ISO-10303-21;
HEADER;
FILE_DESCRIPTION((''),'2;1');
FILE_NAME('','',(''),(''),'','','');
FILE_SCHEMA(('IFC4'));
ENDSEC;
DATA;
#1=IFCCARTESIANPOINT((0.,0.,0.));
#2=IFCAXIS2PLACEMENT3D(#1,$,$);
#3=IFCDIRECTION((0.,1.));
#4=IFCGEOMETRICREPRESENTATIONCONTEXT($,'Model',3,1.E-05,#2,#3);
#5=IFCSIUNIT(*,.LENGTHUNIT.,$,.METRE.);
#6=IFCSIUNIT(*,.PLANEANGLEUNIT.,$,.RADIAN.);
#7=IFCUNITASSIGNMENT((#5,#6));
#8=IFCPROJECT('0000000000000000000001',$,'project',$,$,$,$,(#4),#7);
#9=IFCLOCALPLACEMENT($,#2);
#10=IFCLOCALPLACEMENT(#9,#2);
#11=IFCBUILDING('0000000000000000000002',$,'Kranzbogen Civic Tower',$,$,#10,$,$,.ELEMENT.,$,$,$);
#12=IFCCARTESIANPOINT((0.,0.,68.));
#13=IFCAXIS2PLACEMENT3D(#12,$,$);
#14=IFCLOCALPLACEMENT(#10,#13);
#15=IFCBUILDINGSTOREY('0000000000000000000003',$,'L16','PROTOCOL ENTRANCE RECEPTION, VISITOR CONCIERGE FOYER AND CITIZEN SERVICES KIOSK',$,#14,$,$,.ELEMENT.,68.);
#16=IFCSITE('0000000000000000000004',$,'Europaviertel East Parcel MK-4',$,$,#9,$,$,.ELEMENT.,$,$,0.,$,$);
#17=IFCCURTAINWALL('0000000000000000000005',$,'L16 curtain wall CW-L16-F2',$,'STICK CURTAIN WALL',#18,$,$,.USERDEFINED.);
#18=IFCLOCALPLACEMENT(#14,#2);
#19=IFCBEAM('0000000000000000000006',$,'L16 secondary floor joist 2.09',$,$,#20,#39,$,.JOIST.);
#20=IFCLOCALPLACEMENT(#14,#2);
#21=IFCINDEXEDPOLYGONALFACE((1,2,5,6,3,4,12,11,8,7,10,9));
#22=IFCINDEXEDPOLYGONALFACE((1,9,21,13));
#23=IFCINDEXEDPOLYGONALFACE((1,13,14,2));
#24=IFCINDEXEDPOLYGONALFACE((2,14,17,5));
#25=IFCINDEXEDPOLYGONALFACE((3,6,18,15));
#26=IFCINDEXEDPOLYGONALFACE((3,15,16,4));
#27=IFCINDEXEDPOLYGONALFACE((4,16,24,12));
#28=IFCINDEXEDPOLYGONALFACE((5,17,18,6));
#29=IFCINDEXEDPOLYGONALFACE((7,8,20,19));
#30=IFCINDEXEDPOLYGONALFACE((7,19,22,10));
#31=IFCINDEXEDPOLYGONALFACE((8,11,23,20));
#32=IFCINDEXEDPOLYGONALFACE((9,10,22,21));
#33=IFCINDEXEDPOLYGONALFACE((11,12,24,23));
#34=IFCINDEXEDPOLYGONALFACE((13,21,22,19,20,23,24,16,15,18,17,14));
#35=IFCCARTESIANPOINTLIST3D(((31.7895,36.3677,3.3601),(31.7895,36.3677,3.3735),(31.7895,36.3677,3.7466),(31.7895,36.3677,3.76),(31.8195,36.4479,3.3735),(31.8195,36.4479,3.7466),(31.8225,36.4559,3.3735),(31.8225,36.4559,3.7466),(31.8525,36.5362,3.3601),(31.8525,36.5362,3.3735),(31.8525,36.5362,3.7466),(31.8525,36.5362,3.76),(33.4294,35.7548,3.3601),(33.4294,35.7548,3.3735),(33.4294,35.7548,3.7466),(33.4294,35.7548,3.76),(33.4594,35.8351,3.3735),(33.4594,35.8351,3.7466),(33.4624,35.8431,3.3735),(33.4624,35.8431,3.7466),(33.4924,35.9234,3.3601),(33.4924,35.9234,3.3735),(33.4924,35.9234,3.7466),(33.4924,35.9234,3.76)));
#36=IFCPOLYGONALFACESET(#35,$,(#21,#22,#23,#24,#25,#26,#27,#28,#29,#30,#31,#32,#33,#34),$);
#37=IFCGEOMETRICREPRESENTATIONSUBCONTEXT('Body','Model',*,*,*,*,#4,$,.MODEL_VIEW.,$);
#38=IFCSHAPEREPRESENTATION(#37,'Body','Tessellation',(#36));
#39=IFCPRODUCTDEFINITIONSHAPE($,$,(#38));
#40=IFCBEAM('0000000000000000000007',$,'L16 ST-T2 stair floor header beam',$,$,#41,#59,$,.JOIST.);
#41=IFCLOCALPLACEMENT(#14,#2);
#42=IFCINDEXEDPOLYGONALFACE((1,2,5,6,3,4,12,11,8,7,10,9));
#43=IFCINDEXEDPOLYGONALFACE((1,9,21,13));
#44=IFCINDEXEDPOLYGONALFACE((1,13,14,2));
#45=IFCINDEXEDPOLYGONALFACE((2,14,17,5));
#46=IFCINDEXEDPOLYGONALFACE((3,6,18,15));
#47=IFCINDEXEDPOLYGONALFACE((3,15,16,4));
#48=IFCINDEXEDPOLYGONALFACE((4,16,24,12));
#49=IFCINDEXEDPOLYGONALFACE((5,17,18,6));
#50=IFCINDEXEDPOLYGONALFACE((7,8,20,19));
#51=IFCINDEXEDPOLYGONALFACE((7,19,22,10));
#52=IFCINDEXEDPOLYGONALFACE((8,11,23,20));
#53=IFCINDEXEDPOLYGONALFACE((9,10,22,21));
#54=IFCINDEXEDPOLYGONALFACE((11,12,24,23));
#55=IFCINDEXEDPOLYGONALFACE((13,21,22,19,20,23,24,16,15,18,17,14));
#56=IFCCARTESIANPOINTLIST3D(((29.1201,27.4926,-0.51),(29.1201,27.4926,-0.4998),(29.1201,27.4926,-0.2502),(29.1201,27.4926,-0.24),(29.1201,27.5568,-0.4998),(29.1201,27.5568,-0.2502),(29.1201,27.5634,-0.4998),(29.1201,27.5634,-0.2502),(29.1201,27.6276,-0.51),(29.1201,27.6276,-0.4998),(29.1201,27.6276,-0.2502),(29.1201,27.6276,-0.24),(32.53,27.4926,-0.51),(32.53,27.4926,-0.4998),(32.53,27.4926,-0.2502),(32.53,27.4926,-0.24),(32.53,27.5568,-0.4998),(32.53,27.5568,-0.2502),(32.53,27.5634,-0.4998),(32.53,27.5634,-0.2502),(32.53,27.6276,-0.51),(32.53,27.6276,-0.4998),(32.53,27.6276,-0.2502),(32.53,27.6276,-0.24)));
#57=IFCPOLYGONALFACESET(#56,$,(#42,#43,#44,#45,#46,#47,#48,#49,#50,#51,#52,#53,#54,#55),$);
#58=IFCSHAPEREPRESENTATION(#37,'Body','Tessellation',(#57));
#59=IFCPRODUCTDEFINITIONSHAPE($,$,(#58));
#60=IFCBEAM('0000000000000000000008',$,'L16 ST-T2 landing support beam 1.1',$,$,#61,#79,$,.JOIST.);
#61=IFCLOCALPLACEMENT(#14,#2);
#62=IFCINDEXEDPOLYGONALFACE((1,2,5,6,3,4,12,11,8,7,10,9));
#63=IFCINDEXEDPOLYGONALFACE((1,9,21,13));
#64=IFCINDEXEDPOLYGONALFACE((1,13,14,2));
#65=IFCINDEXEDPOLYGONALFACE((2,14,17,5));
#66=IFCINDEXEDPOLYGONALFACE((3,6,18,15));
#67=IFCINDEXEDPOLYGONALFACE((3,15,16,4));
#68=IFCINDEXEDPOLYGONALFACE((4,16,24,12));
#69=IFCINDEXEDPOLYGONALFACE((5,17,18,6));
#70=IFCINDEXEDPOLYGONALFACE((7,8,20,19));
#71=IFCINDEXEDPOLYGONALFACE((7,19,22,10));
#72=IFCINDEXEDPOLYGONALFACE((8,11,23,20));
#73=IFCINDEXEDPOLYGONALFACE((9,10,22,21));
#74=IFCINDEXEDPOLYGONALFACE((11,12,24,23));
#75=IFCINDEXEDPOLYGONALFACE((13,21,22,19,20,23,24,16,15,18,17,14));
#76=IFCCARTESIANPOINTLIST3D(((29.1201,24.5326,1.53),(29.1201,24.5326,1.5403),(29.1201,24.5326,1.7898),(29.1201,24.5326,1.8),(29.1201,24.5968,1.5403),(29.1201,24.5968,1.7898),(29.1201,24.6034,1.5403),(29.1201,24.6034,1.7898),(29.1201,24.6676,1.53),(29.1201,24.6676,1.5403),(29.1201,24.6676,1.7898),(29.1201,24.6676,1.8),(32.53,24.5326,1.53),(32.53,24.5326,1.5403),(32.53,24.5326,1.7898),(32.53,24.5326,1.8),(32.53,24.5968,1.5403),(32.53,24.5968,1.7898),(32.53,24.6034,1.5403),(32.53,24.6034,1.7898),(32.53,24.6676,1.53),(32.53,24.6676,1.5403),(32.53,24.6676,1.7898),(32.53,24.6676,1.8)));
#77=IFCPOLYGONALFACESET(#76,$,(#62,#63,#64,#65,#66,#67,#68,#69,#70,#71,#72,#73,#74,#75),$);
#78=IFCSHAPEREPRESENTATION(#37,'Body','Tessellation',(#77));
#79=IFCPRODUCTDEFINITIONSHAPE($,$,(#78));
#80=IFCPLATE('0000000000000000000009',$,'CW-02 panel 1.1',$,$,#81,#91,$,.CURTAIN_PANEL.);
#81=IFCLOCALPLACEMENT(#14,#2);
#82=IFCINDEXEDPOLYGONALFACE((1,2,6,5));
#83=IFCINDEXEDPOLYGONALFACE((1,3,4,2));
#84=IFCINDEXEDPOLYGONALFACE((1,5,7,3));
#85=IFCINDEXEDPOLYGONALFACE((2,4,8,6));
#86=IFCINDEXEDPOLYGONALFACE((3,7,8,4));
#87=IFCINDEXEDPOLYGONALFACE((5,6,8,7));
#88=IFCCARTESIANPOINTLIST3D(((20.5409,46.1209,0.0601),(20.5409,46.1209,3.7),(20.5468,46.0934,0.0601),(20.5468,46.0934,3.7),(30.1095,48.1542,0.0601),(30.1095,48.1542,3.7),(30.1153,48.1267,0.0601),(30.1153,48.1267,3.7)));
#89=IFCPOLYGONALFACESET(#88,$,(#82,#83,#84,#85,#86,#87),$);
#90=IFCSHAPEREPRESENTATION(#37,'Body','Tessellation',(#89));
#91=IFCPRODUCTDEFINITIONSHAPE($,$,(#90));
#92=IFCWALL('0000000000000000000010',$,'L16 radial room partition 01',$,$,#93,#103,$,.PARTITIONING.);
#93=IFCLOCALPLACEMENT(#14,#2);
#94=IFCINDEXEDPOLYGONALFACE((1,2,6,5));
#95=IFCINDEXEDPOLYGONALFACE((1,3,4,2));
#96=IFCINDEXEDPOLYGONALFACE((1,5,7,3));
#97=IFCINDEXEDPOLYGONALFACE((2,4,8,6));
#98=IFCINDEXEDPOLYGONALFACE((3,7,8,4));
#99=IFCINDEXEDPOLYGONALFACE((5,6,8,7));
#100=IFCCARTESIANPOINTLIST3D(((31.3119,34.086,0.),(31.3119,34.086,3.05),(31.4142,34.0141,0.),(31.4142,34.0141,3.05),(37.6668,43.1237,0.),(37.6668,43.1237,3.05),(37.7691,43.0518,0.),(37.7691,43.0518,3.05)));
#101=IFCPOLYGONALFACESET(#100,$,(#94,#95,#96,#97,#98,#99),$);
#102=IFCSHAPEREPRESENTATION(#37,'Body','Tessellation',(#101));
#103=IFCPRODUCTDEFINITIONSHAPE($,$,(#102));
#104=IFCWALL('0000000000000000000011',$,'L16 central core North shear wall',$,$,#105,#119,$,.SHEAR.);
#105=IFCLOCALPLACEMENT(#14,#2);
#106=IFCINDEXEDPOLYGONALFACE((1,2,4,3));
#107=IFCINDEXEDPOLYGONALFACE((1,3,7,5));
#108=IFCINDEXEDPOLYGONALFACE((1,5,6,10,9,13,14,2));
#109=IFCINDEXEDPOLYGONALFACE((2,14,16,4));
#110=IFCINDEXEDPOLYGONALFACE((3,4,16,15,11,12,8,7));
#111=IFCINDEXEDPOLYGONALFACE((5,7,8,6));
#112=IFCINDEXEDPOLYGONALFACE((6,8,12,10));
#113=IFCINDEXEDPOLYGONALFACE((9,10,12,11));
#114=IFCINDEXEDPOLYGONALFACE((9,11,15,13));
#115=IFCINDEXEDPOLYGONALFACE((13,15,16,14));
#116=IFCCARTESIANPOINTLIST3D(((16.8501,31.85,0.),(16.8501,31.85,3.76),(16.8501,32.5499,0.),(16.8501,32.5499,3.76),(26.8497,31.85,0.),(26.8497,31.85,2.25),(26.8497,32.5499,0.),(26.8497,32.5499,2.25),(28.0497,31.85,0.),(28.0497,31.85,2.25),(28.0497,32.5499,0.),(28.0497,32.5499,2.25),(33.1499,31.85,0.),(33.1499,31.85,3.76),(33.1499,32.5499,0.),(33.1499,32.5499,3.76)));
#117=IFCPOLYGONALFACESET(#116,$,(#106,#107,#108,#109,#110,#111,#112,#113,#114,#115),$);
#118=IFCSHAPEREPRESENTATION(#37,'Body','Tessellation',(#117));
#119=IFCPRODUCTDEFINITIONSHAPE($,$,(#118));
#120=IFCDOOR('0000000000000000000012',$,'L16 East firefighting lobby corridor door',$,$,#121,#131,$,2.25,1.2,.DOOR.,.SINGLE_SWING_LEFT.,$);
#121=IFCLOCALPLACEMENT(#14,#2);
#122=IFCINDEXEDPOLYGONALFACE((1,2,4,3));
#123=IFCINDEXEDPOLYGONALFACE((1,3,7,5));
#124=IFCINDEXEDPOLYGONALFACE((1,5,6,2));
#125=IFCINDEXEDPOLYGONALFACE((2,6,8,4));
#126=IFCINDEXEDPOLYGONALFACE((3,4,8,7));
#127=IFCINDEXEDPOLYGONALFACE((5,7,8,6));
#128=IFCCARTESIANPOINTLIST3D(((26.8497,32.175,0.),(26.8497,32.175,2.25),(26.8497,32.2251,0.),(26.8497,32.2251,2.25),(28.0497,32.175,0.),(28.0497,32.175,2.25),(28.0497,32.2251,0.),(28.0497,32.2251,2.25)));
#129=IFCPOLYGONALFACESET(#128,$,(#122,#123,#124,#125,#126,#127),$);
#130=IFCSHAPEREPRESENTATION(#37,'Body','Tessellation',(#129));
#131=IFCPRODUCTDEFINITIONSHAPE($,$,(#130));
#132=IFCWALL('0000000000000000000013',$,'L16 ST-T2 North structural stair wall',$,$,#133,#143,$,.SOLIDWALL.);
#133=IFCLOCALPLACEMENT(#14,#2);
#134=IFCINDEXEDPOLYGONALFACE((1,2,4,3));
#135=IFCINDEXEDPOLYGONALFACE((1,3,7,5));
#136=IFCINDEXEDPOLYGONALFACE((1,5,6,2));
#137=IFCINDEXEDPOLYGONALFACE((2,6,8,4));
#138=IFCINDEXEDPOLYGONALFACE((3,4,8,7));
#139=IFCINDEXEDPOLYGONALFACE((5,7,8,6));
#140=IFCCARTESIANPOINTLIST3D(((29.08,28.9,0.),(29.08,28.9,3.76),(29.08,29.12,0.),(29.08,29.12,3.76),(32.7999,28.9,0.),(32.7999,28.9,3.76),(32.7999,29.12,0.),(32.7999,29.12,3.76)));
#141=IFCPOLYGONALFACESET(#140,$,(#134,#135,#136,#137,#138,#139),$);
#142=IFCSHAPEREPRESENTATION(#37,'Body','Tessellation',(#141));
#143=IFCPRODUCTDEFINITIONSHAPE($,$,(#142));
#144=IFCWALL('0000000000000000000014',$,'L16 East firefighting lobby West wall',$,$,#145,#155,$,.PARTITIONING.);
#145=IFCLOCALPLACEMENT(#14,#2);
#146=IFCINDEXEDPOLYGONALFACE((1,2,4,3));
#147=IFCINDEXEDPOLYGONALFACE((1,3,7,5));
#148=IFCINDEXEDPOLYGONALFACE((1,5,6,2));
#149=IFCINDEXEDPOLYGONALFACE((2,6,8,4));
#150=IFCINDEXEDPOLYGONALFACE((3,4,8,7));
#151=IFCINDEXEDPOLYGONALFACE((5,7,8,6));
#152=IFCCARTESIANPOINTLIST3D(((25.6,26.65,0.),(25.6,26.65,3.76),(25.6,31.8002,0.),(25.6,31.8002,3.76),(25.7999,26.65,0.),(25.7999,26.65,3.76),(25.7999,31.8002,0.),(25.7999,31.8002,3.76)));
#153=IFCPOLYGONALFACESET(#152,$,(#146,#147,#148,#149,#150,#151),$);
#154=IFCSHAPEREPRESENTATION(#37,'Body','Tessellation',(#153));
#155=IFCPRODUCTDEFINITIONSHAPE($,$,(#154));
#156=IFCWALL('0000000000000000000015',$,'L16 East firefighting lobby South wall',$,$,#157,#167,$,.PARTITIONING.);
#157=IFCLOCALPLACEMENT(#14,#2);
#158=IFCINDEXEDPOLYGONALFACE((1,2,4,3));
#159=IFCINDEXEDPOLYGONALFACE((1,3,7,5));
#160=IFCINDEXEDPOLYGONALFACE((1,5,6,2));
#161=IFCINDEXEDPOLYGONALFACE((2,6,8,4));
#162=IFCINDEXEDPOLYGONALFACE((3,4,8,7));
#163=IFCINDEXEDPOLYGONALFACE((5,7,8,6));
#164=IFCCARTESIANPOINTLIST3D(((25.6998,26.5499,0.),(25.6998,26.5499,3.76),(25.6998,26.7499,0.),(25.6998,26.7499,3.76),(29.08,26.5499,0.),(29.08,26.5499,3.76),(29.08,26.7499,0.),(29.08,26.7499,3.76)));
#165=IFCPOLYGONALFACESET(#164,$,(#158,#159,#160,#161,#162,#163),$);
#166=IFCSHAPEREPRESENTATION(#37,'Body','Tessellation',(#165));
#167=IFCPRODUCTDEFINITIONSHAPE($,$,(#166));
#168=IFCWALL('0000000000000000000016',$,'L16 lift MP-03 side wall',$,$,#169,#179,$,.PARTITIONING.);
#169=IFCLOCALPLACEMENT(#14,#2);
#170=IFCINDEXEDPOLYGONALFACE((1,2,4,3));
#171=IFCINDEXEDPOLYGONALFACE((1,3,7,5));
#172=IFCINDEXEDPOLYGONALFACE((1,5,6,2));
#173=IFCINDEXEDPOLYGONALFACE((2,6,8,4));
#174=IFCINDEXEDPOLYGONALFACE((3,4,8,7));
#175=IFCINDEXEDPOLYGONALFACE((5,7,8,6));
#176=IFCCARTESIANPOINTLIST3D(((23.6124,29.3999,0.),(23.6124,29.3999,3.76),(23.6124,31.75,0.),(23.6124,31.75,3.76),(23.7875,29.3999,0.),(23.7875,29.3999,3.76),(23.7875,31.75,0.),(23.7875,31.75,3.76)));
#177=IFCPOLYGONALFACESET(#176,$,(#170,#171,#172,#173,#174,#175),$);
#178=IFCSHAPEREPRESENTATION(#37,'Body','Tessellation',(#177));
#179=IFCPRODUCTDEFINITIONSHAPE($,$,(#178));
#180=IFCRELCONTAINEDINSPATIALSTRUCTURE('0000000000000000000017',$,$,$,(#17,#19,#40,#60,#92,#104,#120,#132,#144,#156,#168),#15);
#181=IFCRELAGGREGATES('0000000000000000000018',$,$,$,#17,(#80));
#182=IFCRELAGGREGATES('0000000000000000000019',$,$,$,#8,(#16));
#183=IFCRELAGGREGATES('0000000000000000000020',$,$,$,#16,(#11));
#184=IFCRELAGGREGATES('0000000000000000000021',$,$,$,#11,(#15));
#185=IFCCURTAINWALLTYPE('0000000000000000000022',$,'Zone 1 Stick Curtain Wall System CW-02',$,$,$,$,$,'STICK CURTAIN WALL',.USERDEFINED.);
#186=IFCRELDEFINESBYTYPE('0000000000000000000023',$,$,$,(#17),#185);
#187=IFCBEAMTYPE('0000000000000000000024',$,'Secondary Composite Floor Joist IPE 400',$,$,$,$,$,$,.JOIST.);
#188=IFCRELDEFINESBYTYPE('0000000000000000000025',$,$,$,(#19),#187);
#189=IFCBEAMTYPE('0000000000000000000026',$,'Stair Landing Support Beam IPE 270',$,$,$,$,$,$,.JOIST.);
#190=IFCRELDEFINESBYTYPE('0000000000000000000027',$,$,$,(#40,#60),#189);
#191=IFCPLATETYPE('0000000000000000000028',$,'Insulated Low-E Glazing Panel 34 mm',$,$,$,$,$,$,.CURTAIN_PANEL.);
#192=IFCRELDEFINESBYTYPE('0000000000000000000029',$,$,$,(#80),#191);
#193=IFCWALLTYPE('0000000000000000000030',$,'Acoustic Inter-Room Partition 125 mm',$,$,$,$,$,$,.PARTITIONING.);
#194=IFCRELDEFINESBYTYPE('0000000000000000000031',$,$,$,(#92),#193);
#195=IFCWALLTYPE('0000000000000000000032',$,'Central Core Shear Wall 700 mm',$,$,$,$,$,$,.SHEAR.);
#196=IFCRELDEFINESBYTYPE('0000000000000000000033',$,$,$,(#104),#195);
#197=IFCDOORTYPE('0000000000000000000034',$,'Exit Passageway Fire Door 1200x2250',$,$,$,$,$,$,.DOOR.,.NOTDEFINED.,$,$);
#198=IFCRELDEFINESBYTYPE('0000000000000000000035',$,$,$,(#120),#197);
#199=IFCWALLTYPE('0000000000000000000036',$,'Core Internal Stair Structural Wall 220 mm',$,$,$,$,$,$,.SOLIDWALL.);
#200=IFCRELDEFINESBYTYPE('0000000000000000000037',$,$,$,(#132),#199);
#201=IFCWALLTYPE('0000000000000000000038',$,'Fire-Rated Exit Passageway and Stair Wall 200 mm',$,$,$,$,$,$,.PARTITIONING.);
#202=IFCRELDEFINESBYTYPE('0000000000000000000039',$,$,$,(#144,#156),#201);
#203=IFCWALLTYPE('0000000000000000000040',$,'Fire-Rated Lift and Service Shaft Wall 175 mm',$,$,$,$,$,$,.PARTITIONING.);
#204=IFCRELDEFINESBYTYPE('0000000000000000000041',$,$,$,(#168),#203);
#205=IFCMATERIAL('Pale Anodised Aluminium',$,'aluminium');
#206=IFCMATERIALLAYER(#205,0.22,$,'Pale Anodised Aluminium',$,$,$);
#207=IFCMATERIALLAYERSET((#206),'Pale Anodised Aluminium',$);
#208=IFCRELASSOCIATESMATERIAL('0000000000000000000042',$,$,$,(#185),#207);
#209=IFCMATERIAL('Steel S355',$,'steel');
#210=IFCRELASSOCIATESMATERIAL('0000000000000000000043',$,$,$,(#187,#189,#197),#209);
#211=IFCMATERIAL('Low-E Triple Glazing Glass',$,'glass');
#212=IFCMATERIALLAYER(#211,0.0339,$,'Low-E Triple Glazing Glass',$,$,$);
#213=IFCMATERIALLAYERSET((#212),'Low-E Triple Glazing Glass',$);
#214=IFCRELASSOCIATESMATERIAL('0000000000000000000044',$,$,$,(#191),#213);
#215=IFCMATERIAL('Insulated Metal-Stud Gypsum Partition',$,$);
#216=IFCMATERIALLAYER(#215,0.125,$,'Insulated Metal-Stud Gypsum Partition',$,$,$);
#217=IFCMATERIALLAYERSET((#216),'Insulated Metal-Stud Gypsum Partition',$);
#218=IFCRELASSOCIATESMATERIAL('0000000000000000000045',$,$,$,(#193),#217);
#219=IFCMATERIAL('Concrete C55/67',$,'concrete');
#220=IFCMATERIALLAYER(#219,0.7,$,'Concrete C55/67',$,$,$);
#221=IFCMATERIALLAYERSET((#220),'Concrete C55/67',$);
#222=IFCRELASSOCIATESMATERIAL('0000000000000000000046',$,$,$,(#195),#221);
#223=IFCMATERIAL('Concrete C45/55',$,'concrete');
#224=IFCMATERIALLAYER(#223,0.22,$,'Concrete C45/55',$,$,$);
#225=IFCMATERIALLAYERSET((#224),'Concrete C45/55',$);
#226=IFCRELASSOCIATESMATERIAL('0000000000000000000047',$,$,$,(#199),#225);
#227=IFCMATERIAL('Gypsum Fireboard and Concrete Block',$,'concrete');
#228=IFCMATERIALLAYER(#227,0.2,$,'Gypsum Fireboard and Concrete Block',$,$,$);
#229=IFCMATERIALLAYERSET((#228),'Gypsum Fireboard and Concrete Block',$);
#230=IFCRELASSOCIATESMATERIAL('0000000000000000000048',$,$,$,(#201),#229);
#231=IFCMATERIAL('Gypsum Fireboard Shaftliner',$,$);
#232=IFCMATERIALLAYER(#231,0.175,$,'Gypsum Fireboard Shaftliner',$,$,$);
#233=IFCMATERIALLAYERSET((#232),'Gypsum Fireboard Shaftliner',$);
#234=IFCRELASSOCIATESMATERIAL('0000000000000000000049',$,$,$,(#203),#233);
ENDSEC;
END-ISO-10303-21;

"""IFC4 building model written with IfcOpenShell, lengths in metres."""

from ifc_helpers import new_model, si_unit, direction, frame, frame_2d, origin, origin_2d, place, context, subcontext, project, spatial, rectangle, i_section, extrude, material, layer, layer_set, material_profile, profile_set, type_object, element, fill, aggregate, save


model = new_model("IFC4")

# Units and contexts
model_context = context("Model", 3, precision=1e-05, world=origin(), true_north=direction((0.0, 1.0)))
body_context = subcontext(model_context, "Body", "Model", "MODEL_VIEW")
ifc_project = project(units=[si_unit("LENGTHUNIT", "METRE"), si_unit("PLANEANGLEUNIT", "RADIAN")], contexts=[model_context])

# Site, building, storey
site_placement = place(None, origin())
site = spatial("IfcSite", under=ifc_project, at=site_placement, Name="Europaviertel East Parcel MK-4", CompositionType="ELEMENT", RefElevation=0.0)
building_placement = place(site_placement, origin())
building = spatial("IfcBuilding", under=site, at=building_placement, Name="Kranzbogen Civic Tower", CompositionType="ELEMENT")
storey_placement = place(building_placement, frame((0.0, 0.0, 68.0)))
storey = spatial("IfcBuildingStorey", under=building, at=storey_placement, Name="L16", Description="PROTOCOL ENTRANCE RECEPTION, VISITOR CONCIERGE FOYER AND CITIZEN SERVICES KIOSK", CompositionType="ELEMENT", Elevation=68.0)

# Shared definitions
ifc_material_1 = material(Name="Steel S355", Category="steel")

# Shared definitions
ifc_material_2 = material(Name="Pale Anodised Aluminium", Category="aluminium")
ifc_layer_1 = layer(ifc_material_2, 0.22, Name="Pale Anodised Aluminium")
ifc_layer_set_1 = layer_set([ifc_layer_1], Name="Pale Anodised Aluminium")
curtain_wall_type = type_object("IfcCurtainWallType", Name="Zone 1 Stick Curtain Wall System CW-02", ElementType="STICK CURTAIN WALL", PredefinedType="USERDEFINED", material=ifc_layer_set_1)

# Curtain wall
curtain_wall_1_placement = place(storey_placement, origin())
curtain_wall_1 = element("IfcCurtainWall", 1, at=curtain_wall_1_placement, inside=storey, type_object=curtain_wall_type, Name="L16 curtain wall CW-L16-F2", ObjectType="STICK CURTAIN WALL", PredefinedType="USERDEFINED")

# Beams
ifc_material_profile_1 = material_profile(ifc_material_1, i_section(OverallWidth=0.1799, OverallDepth=0.3999, WebThickness=0.0085, FlangeThickness=0.0134, at=origin_2d()), Name="IPE 400")
ifc_profile_set_1 = profile_set([ifc_material_profile_1], Name="Steel S355")
beam_type_1 = type_object("IfcBeamType", Name="Secondary Composite Floor Joist IPE 400", PredefinedType="JOIST", material=ifc_profile_set_1)
beam_1_placement = place(storey_placement, frame((33.4609, 35.8391, 3.5601), z_axis=(-0.936735, 0.350038, 0.0), x_axis=(-0.350038, -0.936735, 0.0)))
element("IfcBeam", 2, at=beam_1_placement, inside=storey, type_object=beam_type_1, Name="L16 secondary floor joist 2.09", PredefinedType="JOIST", context=body_context, shape_type="SweptSolid", body=[
    extrude(i_section(OverallWidth=0.1799, OverallDepth=0.3999, WebThickness=0.0085, FlangeThickness=0.0134, at=origin_2d()), origin(), (0.0, 0.0, 1.0), 1.7507),
])
ifc_material_profile_2 = material_profile(ifc_material_1, i_section(OverallWidth=0.135, OverallDepth=0.27, WebThickness=0.0066, FlangeThickness=0.0103, at=origin_2d()), Name="IPE 270")
ifc_profile_set_2 = profile_set([ifc_material_profile_2], Name="Steel S355")
beam_type_2 = type_object("IfcBeamType", Name="Stair Landing Support Beam IPE 270", PredefinedType="JOIST", material=ifc_profile_set_2)
for number, where, z_axis, x_axis, name in (
    (3, (29.1201, 27.5601, -0.375), (1.0, 0.0, 0.0), (0.0, 1.0, 0.0), "L16 ST-T2 stair floor header beam"),
    (4, (29.1201, 24.6001, 1.665), (1.0, 0.0, 0.0), (0.0, 1.0, 0.0), "L16 ST-T2 landing support beam 1.1"),
):
    element("IfcBeam", number, at=place(storey_placement, frame(where, z_axis=z_axis, x_axis=x_axis)), inside=storey, type_object=beam_type_2, Name=name, PredefinedType="JOIST", context=body_context, shape_type="SweptSolid", body=[
        extrude(i_section(OverallWidth=0.135, OverallDepth=0.27, WebThickness=0.0066, FlangeThickness=0.0103, at=origin_2d()), origin(), (0.0, 0.0, 1.0), 3.4099),
    ])

# Plate
ifc_material_3 = material(Name="Low-E Triple Glazing Glass", Category="glass")
ifc_layer_2 = layer(ifc_material_3, 0.0339, Name="Low-E Triple Glazing Glass")
ifc_layer_set_2 = layer_set([ifc_layer_2], Name="Low-E Triple Glazing Glass")
plate_type = type_object("IfcPlateType", Name="Insulated Low-E Glazing Panel 34 mm", PredefinedType="CURTAIN_PANEL", material=ifc_layer_set_2)
plate_placement = place(storey_placement, frame((25.3281, 47.1238, 0.0601), z_axis=(0.0, 0.0, 1.0), x_axis=(-0.978159, -0.207858, 0.0)))
plate = element("IfcPlate", 5, at=plate_placement, type_object=plate_type, Name="CW-02 panel 1.1", PredefinedType="CURTAIN_PANEL", context=body_context, shape_type="SweptSolid", body=[
    extrude(rectangle(XDim=9.7822, YDim=0.0281, at=origin_2d()), origin(), (0.0, 0.0, 1.0), 3.6399),
])
aggregate(curtain_wall_1, [plate])

# Wall
ifc_material_4 = material(Name="Insulated Metal-Stud Gypsum Partition")
ifc_layer_3 = layer(ifc_material_4, 0.125, Name="Insulated Metal-Stud Gypsum Partition")
ifc_layer_set_3 = layer_set([ifc_layer_3], Name="Insulated Metal-Stud Gypsum Partition")
wall_type_1 = type_object("IfcWallType", Name="Acoustic Inter-Room Partition 125 mm", PredefinedType="PARTITIONING", material=ifc_layer_set_3)
wall_1_placement = place(storey_placement, frame((31.363, 34.05, 0.0), z_axis=(0.0, 0.0, 1.0), x_axis=(0.575192, 0.818019, 0.0)))
element("IfcWall", 6, at=wall_1_placement, inside=storey, type_object=wall_type_1, Name="L16 radial room partition 01", PredefinedType="PARTITIONING", context=body_context, shape_type="SweptSolid", body=[
    extrude(rectangle(XDim=11.0483, YDim=0.125, at=frame_2d((5.5242, 0.0))), origin(), (0.0, 0.0, 1.0), 3.05),
])

# Wall, opening, door
ifc_material_5 = material(Name="Concrete C55/67", Category="concrete")
ifc_layer_4 = layer(ifc_material_5, 0.7, Name="Concrete C55/67")
ifc_layer_set_4 = layer_set([ifc_layer_4], Name="Concrete C55/67")
wall_type_2 = type_object("IfcWallType", Name="Central Core Shear Wall 700 mm", PredefinedType="SHEAR", material=ifc_layer_set_4)
wall_2_placement = place(storey_placement, frame((33.1499, 32.2, 0.0), z_axis=(0.0, 0.0, 1.0), x_axis=(-1.0, 0.0, 0.0)))
wall_2 = element("IfcWall", 7, at=wall_2_placement, inside=storey, type_object=wall_type_2, Name="L16 central core North shear wall", PredefinedType="SHEAR", context=body_context, shape_type="SweptSolid", body=[
    extrude(rectangle(XDim=16.2998, YDim=0.7, at=frame_2d((8.1499, 0.0))), origin(), (0.0, 0.0, 1.0), 3.76),
])
opening_1_placement = place(wall_2_placement, frame((5.1001, 0.0, 0.0)))
opening_1 = element("IfcOpeningElement", 8, at=opening_1_placement, cuts=wall_2, PredefinedType="OPENING", context=body_context, shape_type="SweptSolid", body=[
    extrude(rectangle(XDim=1.2, YDim=2.25, at=frame_2d((0.6001, 1.125))), frame((0.0, 0.3599, 0.0), z_axis=(0.0, -1.0, 0.0), x_axis=(1.0, 0.0, 0.0)), (0.0, 0.0, 1.0), 0.72),
])
door_type_1 = type_object("IfcDoorType", Name="Exit Passageway Fire Door 1200x2250", OperationType="NOTDEFINED", PredefinedType="DOOR", material=ifc_material_1)
door_1_placement = place(opening_1_placement, origin())
door_1 = element("IfcDoor", 9, at=door_1_placement, inside=storey, type_object=door_type_1, Name="L16 East firefighting lobby corridor door", OperationType="SINGLE_SWING_LEFT", OverallHeight=2.25, OverallWidth=1.2, PredefinedType="DOOR", context=body_context, shape_type="SweptSolid", body=[
    extrude(rectangle(XDim=1.2, YDim=2.25, at=frame_2d((0.6001, 1.125))), frame((0.0, 0.0249, 0.0), z_axis=(0.0, -1.0, 0.0), x_axis=(1.0, 0.0, 0.0)), (0.0, 0.0, 1.0), 0.05),
])
fill(opening_1, door_1)

# Walls
ifc_material_6 = material(Name="Concrete C45/55", Category="concrete")
ifc_layer_5 = layer(ifc_material_6, 0.22, Name="Concrete C45/55")
ifc_layer_set_5 = layer_set([ifc_layer_5], Name="Concrete C45/55")
wall_type_3 = type_object("IfcWallType", Name="Core Internal Stair Structural Wall 220 mm", PredefinedType="SOLIDWALL", material=ifc_layer_set_5)
wall_3_placement = place(storey_placement, frame((29.0801, 29.01, 0.0), z_axis=(0.0, 0.0, 1.0), x_axis=(1.0, 0.0, 0.0)))
element("IfcWall", 10, at=wall_3_placement, inside=storey, type_object=wall_type_3, Name="L16 ST-T2 North structural stair wall", PredefinedType="SOLIDWALL", context=body_context, shape_type="SweptSolid", body=[
    extrude(rectangle(XDim=3.72, YDim=0.22, at=frame_2d((1.8599, 0.0))), origin(), (0.0, 0.0, 1.0), 3.76),
])
ifc_material_7 = material(Name="Gypsum Fireboard and Concrete Block", Category="concrete")
ifc_layer_6 = layer(ifc_material_7, 0.2, Name="Gypsum Fireboard and Concrete Block")
ifc_layer_set_6 = layer_set([ifc_layer_6], Name="Gypsum Fireboard and Concrete Block")
wall_type_4 = type_object("IfcWallType", Name="Fire-Rated Exit Passageway and Stair Wall 200 mm", PredefinedType="PARTITIONING", material=ifc_layer_set_6)
wall_4_placement = place(storey_placement, frame((25.7, 26.6499, 0.0), z_axis=(0.0, 0.0, 1.0), x_axis=(0.0, 1.0, 0.0)))
element("IfcWall", 11, at=wall_4_placement, inside=storey, type_object=wall_type_4, Name="L16 East firefighting lobby West wall", PredefinedType="PARTITIONING", context=body_context, shape_type="SweptSolid", body=[
    extrude(rectangle(XDim=5.1501, YDim=0.2, at=frame_2d((2.5752, 0.0))), origin(), (0.0, 0.0, 1.0), 3.76),
])
wall_5_placement = place(storey_placement, frame((25.7, 26.6499, 0.0), z_axis=(0.0, 0.0, 1.0), x_axis=(1.0, 0.0, 0.0)))
element("IfcWall", 12, at=wall_5_placement, inside=storey, type_object=wall_type_4, Name="L16 East firefighting lobby South wall", PredefinedType="PARTITIONING", context=body_context, shape_type="SweptSolid", body=[
    extrude(rectangle(XDim=3.3801, YDim=0.2, at=frame_2d((1.6899, 0.0))), origin(), (0.0, 0.0, 1.0), 3.76),
])
ifc_material_8 = material(Name="Gypsum Fireboard Shaftliner")
ifc_layer_7 = layer(ifc_material_8, 0.175, Name="Gypsum Fireboard Shaftliner")
ifc_layer_set_7 = layer_set([ifc_layer_7], Name="Gypsum Fireboard Shaftliner")
wall_type_5 = type_object("IfcWallType", Name="Fire-Rated Lift and Service Shaft Wall 175 mm", PredefinedType="PARTITIONING", material=ifc_layer_set_7)
wall_6_placement = place(storey_placement, frame((23.7, 29.3999, 0.0), z_axis=(0.0, 0.0, 1.0), x_axis=(0.0, 1.0, 0.0)))
element("IfcWall", 13, at=wall_6_placement, inside=storey, type_object=wall_type_5, Name="L16 lift MP-03 side wall", PredefinedType="PARTITIONING", context=body_context, shape_type="SweptSolid", body=[
    extrude(rectangle(XDim=2.3501, YDim=0.175, at=frame_2d((1.175, 0.0))), origin(), (0.0, 0.0, 1.0), 3.76),
])

save(model, "model.ifc")
